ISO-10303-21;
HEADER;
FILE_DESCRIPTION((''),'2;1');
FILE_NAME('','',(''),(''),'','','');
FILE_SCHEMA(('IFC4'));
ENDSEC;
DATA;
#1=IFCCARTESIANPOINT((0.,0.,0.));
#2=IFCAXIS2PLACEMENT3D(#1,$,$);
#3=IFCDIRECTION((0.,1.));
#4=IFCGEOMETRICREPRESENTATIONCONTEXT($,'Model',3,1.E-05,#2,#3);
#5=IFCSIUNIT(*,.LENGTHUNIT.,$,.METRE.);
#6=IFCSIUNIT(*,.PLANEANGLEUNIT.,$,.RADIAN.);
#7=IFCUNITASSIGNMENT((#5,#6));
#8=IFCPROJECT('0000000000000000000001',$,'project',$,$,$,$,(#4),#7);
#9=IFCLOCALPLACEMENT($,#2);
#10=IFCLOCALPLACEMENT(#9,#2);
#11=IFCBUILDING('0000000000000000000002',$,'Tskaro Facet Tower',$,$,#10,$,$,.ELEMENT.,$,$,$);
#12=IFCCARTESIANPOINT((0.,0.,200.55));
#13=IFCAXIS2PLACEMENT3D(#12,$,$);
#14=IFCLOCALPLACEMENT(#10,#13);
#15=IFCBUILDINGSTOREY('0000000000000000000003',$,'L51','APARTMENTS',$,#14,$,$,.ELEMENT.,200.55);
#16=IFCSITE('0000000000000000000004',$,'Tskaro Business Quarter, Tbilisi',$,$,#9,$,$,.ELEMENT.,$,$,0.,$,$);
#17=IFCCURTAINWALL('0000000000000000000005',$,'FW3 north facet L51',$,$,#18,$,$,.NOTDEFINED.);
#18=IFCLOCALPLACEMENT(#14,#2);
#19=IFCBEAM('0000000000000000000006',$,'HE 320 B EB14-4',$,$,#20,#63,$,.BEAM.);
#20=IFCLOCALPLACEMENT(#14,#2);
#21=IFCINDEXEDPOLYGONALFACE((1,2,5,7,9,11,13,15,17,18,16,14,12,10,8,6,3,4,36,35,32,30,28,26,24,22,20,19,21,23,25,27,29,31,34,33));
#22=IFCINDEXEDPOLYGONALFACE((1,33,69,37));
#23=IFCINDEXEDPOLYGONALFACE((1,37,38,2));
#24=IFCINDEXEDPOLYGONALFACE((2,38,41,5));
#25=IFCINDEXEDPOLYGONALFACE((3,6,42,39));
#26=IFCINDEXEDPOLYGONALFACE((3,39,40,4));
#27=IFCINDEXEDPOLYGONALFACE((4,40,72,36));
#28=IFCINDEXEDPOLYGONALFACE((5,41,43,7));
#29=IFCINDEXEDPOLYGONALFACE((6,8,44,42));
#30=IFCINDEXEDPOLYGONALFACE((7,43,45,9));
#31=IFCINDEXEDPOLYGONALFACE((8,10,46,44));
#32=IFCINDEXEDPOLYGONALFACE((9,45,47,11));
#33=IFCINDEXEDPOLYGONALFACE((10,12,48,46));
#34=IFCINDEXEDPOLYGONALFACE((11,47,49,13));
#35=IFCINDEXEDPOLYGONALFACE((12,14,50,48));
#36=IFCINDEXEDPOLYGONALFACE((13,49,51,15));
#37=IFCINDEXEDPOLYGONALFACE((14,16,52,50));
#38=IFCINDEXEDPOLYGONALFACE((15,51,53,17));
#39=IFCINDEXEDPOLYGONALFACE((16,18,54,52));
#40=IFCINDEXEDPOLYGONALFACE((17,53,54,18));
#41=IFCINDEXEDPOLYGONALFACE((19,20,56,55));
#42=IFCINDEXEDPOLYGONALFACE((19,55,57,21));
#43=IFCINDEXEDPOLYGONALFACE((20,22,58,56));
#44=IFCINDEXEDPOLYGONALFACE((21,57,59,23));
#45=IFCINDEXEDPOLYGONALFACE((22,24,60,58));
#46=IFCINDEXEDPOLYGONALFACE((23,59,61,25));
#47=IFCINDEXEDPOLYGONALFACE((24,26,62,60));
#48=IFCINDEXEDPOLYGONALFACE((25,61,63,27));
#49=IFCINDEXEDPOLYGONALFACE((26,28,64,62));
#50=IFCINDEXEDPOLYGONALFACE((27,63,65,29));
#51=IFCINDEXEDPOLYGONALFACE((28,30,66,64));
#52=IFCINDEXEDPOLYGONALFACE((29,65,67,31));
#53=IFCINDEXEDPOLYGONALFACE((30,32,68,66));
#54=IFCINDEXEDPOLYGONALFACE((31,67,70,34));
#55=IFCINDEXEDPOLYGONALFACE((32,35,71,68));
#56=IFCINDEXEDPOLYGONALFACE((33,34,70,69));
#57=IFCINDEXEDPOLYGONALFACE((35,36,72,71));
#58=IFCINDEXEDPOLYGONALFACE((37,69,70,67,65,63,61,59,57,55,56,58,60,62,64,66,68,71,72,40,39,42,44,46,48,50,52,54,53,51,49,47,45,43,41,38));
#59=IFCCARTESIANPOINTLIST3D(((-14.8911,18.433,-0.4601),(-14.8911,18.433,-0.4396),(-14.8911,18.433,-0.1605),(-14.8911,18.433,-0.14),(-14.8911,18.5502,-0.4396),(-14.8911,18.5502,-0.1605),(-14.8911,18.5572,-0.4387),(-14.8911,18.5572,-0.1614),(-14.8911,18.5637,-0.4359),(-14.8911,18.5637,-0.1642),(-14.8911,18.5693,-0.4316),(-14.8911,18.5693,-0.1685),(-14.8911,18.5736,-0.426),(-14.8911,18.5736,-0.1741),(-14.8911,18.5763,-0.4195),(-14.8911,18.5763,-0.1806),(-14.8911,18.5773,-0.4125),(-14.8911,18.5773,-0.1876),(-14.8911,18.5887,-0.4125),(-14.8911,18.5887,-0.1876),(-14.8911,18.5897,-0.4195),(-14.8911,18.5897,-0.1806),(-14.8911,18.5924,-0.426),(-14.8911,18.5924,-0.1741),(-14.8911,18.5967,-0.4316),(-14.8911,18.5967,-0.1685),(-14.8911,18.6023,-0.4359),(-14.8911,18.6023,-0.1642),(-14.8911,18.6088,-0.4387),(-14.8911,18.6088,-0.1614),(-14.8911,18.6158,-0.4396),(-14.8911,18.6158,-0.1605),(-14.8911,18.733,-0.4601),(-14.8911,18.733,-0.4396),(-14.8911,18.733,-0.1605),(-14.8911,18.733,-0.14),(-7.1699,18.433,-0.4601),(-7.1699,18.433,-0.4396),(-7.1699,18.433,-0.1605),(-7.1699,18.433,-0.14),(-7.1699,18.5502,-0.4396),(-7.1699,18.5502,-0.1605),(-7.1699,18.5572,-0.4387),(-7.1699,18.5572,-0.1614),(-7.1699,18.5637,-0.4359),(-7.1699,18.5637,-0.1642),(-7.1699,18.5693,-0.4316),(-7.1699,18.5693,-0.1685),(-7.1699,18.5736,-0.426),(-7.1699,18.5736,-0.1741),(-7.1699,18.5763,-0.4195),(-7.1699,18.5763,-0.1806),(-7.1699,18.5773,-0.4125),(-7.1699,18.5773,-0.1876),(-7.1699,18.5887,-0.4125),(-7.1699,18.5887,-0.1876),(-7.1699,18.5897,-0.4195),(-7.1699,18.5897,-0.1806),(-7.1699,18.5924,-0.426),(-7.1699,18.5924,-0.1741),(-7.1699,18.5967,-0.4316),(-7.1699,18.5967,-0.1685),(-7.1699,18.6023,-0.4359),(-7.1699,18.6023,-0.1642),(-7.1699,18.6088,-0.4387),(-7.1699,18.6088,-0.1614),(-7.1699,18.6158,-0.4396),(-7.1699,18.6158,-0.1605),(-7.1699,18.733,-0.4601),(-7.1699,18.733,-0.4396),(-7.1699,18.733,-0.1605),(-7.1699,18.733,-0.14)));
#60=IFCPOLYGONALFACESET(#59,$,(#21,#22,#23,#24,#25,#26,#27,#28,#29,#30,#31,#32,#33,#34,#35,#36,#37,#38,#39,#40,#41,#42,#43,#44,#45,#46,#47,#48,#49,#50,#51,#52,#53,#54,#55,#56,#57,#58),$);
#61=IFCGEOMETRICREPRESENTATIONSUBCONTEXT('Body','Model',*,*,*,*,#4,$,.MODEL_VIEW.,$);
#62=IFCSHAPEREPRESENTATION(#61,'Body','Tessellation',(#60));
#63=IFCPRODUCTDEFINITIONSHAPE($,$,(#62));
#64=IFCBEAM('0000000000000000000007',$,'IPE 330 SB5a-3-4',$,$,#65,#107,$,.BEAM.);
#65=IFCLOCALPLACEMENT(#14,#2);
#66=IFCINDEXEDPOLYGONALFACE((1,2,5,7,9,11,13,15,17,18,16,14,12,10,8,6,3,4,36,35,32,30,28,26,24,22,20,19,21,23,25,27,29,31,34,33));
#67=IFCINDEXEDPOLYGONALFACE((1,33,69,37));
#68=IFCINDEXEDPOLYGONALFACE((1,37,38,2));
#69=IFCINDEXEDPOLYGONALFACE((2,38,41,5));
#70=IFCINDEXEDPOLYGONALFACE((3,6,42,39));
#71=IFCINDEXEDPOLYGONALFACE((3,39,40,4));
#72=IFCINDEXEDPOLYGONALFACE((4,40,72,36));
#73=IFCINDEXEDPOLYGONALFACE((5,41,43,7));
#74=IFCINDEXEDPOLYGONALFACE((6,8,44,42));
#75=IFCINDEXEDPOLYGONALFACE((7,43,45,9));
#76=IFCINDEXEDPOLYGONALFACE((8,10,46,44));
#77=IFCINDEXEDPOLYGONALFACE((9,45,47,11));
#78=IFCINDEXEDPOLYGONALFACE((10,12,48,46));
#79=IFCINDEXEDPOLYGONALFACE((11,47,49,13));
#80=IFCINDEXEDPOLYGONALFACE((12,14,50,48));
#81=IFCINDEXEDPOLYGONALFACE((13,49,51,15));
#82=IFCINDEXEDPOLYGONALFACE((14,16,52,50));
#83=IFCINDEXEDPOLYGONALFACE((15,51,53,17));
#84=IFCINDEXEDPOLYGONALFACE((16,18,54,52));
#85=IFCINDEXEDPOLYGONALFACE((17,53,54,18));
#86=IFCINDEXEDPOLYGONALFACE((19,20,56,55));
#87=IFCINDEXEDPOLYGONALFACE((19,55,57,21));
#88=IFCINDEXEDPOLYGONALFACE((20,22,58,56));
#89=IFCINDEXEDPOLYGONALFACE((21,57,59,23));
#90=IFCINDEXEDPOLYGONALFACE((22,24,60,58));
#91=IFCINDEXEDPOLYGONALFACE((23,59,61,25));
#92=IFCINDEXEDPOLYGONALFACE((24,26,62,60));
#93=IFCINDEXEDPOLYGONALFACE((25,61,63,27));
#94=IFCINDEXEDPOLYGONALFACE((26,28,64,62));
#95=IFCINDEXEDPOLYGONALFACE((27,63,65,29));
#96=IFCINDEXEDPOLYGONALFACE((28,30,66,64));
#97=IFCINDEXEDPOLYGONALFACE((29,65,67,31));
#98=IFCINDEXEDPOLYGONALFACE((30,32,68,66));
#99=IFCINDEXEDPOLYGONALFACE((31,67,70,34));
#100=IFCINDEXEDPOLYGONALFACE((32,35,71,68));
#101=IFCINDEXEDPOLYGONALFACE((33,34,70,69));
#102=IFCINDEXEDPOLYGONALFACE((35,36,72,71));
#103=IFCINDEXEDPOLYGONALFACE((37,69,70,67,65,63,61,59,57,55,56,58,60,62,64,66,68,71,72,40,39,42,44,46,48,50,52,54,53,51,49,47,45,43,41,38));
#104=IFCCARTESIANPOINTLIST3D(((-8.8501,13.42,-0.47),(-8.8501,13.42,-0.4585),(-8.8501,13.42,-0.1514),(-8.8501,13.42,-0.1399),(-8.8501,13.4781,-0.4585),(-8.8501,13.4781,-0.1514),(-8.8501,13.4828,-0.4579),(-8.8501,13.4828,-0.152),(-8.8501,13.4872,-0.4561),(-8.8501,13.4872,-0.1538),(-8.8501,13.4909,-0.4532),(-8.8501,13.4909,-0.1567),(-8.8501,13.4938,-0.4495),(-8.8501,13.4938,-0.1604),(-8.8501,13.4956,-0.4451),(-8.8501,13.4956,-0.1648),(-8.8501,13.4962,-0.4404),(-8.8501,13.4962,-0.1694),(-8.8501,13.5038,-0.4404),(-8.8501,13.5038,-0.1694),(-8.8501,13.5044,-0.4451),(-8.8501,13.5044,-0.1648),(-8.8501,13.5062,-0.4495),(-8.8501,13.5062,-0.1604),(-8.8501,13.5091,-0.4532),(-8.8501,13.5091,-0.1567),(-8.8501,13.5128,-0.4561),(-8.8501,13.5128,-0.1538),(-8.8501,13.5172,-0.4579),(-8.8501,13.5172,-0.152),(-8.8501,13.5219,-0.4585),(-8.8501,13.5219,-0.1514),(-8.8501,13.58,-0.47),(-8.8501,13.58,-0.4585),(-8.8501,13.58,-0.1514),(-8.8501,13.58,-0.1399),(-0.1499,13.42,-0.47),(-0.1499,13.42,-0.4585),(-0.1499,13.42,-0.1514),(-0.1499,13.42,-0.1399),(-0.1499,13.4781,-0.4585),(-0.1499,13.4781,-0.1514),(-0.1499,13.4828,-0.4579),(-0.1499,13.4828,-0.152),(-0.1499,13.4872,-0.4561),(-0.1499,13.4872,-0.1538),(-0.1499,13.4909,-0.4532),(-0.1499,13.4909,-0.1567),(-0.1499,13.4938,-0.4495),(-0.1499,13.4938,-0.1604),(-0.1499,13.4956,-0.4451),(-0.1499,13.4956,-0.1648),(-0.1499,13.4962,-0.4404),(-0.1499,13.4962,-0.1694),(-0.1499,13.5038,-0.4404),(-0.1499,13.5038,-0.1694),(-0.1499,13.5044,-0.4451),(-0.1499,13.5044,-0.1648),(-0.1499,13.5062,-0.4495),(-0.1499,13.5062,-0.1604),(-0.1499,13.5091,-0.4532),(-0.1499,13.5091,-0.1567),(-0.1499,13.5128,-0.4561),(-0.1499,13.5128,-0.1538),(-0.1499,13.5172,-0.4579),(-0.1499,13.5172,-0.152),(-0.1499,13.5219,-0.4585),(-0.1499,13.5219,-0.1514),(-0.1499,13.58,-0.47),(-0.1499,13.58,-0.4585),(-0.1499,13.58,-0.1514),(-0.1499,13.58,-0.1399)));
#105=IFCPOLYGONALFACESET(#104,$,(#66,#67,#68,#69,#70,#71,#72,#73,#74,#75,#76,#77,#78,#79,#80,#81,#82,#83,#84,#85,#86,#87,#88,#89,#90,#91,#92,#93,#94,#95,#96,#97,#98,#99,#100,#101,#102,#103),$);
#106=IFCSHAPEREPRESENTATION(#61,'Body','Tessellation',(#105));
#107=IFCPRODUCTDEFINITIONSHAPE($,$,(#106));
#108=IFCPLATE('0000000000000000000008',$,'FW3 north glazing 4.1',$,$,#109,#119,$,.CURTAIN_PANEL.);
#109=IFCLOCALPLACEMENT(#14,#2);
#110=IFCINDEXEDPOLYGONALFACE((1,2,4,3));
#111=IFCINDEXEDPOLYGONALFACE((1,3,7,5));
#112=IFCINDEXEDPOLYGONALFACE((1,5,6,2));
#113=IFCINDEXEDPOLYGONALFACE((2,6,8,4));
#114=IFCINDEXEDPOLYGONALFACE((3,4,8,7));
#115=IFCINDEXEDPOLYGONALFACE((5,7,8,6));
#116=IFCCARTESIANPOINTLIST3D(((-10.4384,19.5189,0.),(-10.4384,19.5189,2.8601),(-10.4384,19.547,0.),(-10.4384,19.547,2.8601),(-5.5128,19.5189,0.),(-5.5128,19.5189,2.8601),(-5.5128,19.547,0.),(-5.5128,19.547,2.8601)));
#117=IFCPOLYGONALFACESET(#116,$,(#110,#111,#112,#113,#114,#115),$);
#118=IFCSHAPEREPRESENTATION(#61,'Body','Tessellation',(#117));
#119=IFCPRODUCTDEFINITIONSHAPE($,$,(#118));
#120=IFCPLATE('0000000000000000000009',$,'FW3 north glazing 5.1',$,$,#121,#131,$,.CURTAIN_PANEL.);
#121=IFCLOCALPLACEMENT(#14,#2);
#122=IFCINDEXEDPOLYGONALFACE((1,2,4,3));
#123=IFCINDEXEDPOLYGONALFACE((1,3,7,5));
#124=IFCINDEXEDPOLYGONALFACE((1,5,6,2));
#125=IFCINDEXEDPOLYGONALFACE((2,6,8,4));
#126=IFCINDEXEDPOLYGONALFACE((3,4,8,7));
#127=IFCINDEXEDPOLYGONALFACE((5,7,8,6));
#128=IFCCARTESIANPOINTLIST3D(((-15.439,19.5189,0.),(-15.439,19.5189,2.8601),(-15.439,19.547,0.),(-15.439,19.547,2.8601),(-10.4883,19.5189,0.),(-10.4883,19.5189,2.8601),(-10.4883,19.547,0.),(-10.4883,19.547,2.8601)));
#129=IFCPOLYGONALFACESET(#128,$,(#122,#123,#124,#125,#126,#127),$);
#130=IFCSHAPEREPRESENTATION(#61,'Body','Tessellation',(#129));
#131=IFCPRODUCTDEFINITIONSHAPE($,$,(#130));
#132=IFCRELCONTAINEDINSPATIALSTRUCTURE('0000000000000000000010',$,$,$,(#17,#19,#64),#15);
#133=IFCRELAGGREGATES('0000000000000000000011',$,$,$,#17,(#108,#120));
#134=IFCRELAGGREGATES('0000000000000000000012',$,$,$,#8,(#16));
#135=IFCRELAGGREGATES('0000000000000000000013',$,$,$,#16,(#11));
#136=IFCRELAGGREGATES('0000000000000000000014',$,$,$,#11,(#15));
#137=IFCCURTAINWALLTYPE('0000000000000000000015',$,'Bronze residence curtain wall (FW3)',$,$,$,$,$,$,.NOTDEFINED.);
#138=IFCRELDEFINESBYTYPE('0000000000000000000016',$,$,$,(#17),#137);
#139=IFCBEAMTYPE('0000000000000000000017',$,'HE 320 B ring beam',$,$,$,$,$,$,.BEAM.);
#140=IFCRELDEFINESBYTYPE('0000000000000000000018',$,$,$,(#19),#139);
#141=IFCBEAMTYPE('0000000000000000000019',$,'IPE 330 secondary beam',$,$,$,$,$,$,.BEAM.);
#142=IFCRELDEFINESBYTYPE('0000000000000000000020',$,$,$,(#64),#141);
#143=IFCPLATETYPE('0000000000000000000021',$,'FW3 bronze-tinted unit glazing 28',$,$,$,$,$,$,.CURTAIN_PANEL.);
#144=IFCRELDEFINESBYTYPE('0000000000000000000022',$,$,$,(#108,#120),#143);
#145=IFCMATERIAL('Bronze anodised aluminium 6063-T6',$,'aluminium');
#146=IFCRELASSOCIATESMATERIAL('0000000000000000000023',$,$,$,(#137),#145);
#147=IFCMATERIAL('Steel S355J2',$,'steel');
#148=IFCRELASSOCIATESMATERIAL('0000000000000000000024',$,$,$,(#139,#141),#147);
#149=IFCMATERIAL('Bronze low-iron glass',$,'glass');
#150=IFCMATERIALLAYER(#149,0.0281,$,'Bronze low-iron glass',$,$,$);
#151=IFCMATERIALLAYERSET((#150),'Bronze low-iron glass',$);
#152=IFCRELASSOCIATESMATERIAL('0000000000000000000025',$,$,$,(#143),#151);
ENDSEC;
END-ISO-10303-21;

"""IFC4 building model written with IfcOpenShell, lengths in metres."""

from ifc_helpers import new_model, si_unit, direction, frame, origin, origin_2d, place, context, subcontext, project, spatial, rectangle, i_section, extrude, material, layer, layer_set, material_profile, profile_set, type_object, element, aggregate, save


model = new_model("IFC4")

# Units and contexts
model_context = context("Model", 3, precision=1e-05, world=origin(), true_north=direction((0.0, 1.0)))
body_context = subcontext(model_context, "Body", "Model", "MODEL_VIEW")
ifc_project = project(units=[si_unit("LENGTHUNIT", "METRE"), si_unit("PLANEANGLEUNIT", "RADIAN")], contexts=[model_context])

# Site, building, storey
site_placement = place(None, origin())
site = spatial("IfcSite", under=ifc_project, at=site_placement, Name="Tskaro Business Quarter, Tbilisi", CompositionType="ELEMENT", RefElevation=0.0)
building_placement = place(site_placement, origin())
building = spatial("IfcBuilding", under=site, at=building_placement, Name="Tskaro Facet Tower", CompositionType="ELEMENT")
storey_placement = place(building_placement, frame((0.0, 0.0, 200.55)))
storey = spatial("IfcBuildingStorey", under=building, at=storey_placement, Name="L51", Description="APARTMENTS", CompositionType="ELEMENT", Elevation=200.55)

# Curtain wall
ifc_material_1 = material(Name="Bronze anodised aluminium 6063-T6", Category="aluminium")
curtain_wall_type = type_object("IfcCurtainWallType", Name="Bronze residence curtain wall (FW3)", PredefinedType="NOTDEFINED", material=ifc_material_1)
curtain_wall_placement = place(storey_placement, origin())
curtain_wall = element("IfcCurtainWall", 1, at=curtain_wall_placement, inside=storey, type_object=curtain_wall_type, Name="FW3 north facet L51", PredefinedType="NOTDEFINED")

# Beams
ifc_material_2 = material(Name="Steel S355J2", Category="steel")
ifc_material_profile_1 = material_profile(ifc_material_2, i_section(OverallWidth=0.3, OverallDepth=0.3201, WebThickness=0.0115, FlangeThickness=0.0205, FilletRadius=0.0271, at=origin_2d()), Name="HE 320 B")
ifc_profile_set_1 = profile_set([ifc_material_profile_1], Name="Steel S355J2")
beam_type_1 = type_object("IfcBeamType", Name="HE 320 B ring beam", PredefinedType="BEAM", material=ifc_profile_set_1)
beam_1_placement = place(storey_placement, frame((-7.1699, 18.583, -0.3), z_axis=(-1.0, 0.0, 0.0), x_axis=(0.0, -1.0, 0.0)))
element("IfcBeam", 2, at=beam_1_placement, inside=storey, type_object=beam_type_1, Name="HE 320 B EB14-4", PredefinedType="BEAM", context=body_context, shape_type="SweptSolid", body=[
    extrude(i_section(OverallWidth=0.3, OverallDepth=0.3201, WebThickness=0.0115, FlangeThickness=0.0205, FilletRadius=0.0271, at=origin_2d()), origin(), (0.0, 0.0, 1.0), 7.7212),
])
ifc_material_profile_2 = material_profile(ifc_material_2, i_section(OverallWidth=0.1599, OverallDepth=0.3301, WebThickness=0.0076, FlangeThickness=0.0115, FilletRadius=0.0181, at=origin_2d()), Name="IPE 330")
ifc_profile_set_2 = profile_set([ifc_material_profile_2], Name="Steel S355J2")
beam_type_2 = type_object("IfcBeamType", Name="IPE 330 secondary beam", PredefinedType="BEAM", material=ifc_profile_set_2)
beam_2_placement = place(storey_placement, frame((-8.8501, 13.5, -0.3049), z_axis=(1.0, 0.0, 0.0), x_axis=(0.0, 1.0, 0.0)))
element("IfcBeam", 3, at=beam_2_placement, inside=storey, type_object=beam_type_2, Name="IPE 330 SB5a-3-4", PredefinedType="BEAM", context=body_context, shape_type="SweptSolid", body=[
    extrude(i_section(OverallWidth=0.1599, OverallDepth=0.3301, WebThickness=0.0076, FlangeThickness=0.0115, FilletRadius=0.0181, at=origin_2d()), origin(), (0.0, 0.0, 1.0), 8.7002),
])

# Plates
ifc_material_3 = material(Name="Bronze low-iron glass", Category="glass")
ifc_layer_1 = layer(ifc_material_3, 0.0281, Name="Bronze low-iron glass")
ifc_layer_set_1 = layer_set([ifc_layer_1], Name="Bronze low-iron glass")
plate_type = type_object("IfcPlateType", Name="FW3 bronze-tinted unit glazing 28", PredefinedType="CURTAIN_PANEL", material=ifc_layer_set_1)
plate_1_placement = place(storey_placement, frame((-7.9756, 19.533, 0.0), z_axis=(0.0, 0.0, 1.0), x_axis=(-1.0, 0.0, 0.0)))
plate_1 = element("IfcPlate", 4, at=plate_1_placement, type_object=plate_type, Name="FW3 north glazing 4.1", PredefinedType="CURTAIN_PANEL", context=body_context, shape_type="SweptSolid", body=[
    extrude(rectangle(XDim=4.9255, YDim=0.0281, at=origin_2d()), origin(), (0.0, 0.0, 1.0), 2.8601),
])
plate_2_placement = place(storey_placement, frame((-12.9636, 19.533, 0.0), z_axis=(0.0, 0.0, 1.0), x_axis=(-1.0, 0.0, 0.0)))
plate_2 = element("IfcPlate", 5, at=plate_2_placement, type_object=plate_type, Name="FW3 north glazing 5.1", PredefinedType="CURTAIN_PANEL", context=body_context, shape_type="SweptSolid", body=[
    extrude(rectangle(XDim=4.9507, YDim=0.0281, at=origin_2d()), origin(), (0.0, 0.0, 1.0), 2.8601),
])
aggregate(curtain_wall, [plate_1, plate_2])

save(model, "model.ifc")
